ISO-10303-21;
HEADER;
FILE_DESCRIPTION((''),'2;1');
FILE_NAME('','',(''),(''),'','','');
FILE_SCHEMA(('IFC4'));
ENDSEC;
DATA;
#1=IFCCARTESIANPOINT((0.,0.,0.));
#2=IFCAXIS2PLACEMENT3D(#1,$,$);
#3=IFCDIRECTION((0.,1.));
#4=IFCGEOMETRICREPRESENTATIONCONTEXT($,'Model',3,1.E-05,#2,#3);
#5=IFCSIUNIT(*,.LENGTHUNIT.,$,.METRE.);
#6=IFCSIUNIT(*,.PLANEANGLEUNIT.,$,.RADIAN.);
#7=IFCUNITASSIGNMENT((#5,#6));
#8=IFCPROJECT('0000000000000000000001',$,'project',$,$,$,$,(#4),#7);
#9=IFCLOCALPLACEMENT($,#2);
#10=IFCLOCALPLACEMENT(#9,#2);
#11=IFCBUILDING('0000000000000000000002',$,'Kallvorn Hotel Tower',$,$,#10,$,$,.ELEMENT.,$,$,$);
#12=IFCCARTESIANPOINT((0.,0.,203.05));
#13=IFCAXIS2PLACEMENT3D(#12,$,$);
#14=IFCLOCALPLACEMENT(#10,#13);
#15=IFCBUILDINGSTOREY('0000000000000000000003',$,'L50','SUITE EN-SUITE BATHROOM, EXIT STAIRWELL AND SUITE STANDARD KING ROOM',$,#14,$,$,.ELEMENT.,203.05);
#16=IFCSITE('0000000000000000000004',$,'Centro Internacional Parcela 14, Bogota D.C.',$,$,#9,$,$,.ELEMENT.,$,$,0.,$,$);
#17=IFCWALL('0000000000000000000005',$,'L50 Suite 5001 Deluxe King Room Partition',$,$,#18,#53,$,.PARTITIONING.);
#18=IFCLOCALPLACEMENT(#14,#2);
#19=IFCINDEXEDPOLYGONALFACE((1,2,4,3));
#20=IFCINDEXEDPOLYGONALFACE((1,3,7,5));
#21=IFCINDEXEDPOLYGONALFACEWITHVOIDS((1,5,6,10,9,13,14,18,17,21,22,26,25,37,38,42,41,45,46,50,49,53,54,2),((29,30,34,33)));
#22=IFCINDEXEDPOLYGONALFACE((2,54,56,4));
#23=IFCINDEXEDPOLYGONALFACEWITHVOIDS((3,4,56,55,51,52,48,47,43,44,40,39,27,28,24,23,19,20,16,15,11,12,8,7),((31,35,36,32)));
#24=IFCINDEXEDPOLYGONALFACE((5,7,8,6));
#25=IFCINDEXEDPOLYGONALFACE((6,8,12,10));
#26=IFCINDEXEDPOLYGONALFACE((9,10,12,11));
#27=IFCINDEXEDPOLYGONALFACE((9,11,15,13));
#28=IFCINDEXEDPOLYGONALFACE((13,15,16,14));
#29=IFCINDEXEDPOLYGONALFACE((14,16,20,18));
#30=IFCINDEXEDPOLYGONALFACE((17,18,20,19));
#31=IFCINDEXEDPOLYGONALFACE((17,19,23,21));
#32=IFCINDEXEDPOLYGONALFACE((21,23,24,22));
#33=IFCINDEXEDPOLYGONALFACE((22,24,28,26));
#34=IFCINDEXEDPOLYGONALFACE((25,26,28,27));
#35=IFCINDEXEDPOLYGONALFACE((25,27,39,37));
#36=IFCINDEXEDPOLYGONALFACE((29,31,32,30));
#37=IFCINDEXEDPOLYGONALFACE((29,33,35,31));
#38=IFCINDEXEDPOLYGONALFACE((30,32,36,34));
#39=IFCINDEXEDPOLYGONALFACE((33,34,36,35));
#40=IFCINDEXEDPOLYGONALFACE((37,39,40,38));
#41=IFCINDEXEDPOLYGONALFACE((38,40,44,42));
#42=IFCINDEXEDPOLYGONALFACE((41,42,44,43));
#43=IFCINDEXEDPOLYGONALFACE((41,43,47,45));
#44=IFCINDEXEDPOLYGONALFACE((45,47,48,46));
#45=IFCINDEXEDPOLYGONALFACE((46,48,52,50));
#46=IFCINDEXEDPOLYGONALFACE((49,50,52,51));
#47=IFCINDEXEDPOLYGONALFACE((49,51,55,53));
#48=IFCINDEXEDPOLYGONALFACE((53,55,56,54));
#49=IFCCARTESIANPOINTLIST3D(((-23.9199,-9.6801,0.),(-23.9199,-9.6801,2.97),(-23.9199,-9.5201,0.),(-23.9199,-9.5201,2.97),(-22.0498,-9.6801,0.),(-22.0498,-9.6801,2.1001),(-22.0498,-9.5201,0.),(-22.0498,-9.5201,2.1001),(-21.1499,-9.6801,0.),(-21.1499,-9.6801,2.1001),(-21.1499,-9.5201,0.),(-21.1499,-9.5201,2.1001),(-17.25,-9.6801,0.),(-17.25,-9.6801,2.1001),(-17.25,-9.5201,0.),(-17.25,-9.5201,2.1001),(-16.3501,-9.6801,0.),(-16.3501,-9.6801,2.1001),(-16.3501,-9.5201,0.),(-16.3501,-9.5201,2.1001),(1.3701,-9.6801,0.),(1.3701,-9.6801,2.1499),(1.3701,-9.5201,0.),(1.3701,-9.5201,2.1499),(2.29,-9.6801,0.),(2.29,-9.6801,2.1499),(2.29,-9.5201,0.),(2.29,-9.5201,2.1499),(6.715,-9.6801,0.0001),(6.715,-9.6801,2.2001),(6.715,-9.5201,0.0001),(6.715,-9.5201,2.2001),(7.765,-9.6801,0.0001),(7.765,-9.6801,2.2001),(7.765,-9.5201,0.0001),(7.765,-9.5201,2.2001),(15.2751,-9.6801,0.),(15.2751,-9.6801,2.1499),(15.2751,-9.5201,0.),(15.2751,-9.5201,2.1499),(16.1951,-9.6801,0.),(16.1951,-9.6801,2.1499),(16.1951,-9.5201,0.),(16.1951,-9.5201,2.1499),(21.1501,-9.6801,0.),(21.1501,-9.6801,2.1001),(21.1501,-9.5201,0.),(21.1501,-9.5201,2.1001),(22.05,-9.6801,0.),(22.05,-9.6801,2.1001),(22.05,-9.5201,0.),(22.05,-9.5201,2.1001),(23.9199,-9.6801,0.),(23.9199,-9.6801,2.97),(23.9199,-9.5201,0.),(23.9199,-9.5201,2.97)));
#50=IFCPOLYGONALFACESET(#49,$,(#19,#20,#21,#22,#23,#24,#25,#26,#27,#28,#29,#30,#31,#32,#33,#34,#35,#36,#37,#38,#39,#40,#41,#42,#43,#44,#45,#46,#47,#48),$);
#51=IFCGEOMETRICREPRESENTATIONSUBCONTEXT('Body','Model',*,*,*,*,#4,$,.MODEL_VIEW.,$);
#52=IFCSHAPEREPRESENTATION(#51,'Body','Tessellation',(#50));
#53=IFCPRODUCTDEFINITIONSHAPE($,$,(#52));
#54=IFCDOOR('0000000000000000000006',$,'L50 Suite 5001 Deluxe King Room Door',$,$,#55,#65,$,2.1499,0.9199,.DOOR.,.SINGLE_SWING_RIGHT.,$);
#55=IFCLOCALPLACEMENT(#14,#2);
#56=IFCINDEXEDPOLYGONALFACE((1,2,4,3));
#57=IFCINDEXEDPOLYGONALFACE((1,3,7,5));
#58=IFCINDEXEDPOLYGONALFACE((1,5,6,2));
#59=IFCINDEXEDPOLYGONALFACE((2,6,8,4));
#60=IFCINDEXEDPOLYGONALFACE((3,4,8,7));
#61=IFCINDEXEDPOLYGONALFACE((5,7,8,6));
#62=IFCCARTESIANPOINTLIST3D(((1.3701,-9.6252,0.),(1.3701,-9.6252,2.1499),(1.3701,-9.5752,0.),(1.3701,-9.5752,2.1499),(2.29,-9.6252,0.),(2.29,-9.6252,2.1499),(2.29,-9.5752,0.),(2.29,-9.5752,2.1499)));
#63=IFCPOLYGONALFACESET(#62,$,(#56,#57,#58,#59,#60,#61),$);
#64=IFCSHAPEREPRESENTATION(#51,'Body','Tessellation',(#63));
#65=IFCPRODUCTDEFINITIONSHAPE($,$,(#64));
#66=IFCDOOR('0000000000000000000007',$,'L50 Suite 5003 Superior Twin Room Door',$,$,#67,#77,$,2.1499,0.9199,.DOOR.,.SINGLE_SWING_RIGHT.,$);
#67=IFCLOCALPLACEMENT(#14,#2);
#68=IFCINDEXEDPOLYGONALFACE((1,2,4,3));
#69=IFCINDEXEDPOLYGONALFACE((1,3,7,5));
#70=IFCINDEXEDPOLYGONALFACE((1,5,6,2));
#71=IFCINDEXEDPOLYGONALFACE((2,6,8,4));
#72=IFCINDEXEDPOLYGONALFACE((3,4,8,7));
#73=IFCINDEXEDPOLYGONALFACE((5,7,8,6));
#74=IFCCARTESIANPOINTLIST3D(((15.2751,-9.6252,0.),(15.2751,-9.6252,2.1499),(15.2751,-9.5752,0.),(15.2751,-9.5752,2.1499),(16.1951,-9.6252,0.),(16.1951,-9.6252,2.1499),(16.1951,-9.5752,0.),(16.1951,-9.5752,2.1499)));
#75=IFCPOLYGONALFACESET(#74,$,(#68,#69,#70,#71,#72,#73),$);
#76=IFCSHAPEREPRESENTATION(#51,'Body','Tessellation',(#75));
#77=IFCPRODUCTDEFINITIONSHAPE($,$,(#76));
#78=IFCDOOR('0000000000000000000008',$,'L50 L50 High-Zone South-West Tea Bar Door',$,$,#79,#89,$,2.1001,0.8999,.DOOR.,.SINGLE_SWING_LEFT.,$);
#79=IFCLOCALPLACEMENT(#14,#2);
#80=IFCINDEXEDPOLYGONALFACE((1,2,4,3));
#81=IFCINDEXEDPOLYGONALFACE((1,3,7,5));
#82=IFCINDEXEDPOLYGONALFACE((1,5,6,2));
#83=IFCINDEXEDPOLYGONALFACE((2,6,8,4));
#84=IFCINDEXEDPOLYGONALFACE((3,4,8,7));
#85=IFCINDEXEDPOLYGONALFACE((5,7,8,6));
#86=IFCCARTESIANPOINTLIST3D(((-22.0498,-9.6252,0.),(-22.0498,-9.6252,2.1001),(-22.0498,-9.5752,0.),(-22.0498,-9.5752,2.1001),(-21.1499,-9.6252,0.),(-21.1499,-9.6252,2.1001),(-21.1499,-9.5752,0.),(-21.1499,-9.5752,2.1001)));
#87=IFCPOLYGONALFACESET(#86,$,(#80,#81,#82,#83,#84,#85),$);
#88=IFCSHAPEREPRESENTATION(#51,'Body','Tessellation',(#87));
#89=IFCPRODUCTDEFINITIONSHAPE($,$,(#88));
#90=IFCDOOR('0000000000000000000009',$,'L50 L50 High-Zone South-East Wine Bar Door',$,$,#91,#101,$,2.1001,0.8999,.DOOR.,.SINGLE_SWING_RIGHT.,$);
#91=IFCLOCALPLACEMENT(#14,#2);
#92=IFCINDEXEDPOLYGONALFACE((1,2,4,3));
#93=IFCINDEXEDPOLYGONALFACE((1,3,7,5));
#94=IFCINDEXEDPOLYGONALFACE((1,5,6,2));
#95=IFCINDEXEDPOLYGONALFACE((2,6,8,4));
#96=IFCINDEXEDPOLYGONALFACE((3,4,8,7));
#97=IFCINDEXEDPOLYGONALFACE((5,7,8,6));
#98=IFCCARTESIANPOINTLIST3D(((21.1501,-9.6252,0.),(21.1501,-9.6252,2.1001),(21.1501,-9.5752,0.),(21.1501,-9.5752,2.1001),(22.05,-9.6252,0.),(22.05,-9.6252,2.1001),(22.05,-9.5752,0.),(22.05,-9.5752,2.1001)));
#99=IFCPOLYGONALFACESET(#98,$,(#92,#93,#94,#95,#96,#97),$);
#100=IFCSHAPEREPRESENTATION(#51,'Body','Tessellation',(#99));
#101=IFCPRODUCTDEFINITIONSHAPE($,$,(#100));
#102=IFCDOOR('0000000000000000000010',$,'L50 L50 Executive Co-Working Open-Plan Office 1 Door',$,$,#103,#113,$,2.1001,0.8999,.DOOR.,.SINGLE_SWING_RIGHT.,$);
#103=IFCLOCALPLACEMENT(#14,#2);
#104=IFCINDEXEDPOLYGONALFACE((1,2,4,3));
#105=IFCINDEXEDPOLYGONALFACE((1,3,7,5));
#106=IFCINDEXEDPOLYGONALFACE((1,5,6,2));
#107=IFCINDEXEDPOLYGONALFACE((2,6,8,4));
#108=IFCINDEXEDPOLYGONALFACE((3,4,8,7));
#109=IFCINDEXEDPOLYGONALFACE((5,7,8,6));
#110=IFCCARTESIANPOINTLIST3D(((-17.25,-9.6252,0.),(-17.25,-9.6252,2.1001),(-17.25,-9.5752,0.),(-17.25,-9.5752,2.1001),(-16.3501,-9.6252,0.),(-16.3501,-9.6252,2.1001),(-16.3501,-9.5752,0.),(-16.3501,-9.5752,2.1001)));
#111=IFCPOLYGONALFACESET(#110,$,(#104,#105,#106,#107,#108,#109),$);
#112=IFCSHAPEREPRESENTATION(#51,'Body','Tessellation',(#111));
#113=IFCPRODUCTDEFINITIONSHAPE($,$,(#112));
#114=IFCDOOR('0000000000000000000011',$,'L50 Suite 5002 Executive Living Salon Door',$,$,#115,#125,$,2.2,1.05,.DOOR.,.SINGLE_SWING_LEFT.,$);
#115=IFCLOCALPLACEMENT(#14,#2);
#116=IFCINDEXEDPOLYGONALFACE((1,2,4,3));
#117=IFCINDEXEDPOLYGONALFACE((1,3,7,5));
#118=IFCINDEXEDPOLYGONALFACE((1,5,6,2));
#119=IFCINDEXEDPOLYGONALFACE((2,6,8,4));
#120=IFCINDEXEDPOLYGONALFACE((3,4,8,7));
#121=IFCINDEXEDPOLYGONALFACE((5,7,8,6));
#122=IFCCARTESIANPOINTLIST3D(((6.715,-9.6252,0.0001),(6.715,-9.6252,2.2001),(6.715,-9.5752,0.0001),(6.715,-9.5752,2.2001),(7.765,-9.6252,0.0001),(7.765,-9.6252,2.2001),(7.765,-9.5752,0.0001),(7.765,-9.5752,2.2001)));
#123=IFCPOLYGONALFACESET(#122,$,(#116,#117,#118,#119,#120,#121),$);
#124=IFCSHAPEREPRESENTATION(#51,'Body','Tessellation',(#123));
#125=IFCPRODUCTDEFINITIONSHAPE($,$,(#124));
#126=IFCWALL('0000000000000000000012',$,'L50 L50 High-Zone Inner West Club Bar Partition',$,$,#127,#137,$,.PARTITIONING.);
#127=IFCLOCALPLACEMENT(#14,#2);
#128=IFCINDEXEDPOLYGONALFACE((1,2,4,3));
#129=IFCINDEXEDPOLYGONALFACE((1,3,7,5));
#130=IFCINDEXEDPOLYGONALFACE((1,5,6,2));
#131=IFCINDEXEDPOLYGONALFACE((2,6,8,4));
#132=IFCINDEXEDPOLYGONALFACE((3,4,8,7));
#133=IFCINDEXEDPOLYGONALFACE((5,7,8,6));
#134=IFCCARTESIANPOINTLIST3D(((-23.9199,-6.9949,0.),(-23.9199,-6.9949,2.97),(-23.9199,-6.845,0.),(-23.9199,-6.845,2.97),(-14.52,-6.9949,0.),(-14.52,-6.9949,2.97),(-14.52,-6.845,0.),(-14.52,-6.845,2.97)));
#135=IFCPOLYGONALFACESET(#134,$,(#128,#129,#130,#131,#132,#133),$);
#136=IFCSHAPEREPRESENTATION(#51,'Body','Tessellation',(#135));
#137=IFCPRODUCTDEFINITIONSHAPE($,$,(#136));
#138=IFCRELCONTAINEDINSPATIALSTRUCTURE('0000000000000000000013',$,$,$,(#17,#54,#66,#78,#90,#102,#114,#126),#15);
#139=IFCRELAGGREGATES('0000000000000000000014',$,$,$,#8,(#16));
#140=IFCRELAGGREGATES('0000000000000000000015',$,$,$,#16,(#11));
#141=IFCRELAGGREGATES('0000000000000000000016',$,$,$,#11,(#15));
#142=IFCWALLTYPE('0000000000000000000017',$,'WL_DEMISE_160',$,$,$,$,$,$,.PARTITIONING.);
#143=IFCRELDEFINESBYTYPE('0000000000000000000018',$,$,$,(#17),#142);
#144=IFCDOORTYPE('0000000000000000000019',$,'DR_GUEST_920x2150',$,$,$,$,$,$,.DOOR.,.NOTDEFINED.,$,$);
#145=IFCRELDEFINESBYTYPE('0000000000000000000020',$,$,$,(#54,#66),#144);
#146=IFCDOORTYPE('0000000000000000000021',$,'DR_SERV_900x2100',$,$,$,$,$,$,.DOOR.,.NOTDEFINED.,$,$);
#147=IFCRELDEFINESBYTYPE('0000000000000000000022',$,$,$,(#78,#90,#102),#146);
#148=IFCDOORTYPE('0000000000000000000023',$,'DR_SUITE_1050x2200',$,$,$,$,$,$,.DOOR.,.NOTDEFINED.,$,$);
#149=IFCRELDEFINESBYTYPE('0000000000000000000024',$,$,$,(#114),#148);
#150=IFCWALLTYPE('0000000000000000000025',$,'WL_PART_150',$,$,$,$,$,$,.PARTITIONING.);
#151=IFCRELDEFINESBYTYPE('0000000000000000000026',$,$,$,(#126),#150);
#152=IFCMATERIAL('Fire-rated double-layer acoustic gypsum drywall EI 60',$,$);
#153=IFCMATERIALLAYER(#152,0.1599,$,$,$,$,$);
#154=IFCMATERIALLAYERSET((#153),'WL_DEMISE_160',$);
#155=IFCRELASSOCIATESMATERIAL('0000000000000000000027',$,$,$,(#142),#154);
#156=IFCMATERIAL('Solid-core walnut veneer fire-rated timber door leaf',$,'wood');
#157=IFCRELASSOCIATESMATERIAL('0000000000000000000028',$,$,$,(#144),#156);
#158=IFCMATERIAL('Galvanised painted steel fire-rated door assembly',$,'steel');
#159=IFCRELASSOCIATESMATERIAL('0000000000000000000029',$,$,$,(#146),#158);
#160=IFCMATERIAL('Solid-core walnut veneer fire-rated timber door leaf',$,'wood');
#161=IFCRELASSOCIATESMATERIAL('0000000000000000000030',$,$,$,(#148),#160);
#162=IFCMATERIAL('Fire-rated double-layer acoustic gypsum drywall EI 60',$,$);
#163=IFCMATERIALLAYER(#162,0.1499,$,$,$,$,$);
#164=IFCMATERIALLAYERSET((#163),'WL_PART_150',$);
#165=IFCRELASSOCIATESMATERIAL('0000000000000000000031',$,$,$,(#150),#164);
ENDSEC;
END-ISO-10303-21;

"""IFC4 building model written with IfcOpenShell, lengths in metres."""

from ifc_helpers import new_model, si_unit, direction, frame, frame_2d, origin, place, context, subcontext, project, spatial, rectangle, extrude, material, layer, layer_set, type_object, element, fill, save


model = new_model("IFC4")

# Units and contexts
model_context = context("Model", 3, precision=1e-05, world=origin(), true_north=direction((0.0, 1.0)))
body_context = subcontext(model_context, "Body", "Model", "MODEL_VIEW")
ifc_project = project(units=[si_unit("LENGTHUNIT", "METRE"), si_unit("PLANEANGLEUNIT", "RADIAN")], contexts=[model_context])

# Site, building, storey
site_placement = place(None, origin())
site = spatial("IfcSite", under=ifc_project, at=site_placement, Name="Centro Internacional Parcela 14, Bogota D.C.", CompositionType="ELEMENT", RefElevation=0.0)
building_placement = place(site_placement, origin())
building = spatial("IfcBuilding", under=site, at=building_placement, Name="Kallvorn Hotel Tower", CompositionType="ELEMENT")
storey_placement = place(building_placement, frame((0.0, 0.0, 203.05)))
storey = spatial("IfcBuildingStorey", under=building, at=storey_placement, Name="L50", Description="SUITE EN-SUITE BATHROOM, EXIT STAIRWELL AND SUITE STANDARD KING ROOM", CompositionType="ELEMENT", Elevation=203.05)

# Wall, openings, doors
ifc_material_1 = material(Name="Fire-rated double-layer acoustic gypsum drywall EI 60")
ifc_layer_1 = layer(ifc_material_1, 0.1599)
ifc_layer_set_1 = layer_set([ifc_layer_1], Name="WL_DEMISE_160")
wall_type_1 = type_object("IfcWallType", Name="WL_DEMISE_160", PredefinedType="PARTITIONING", material=ifc_layer_set_1)
wall_1_placement = place(storey_placement, frame((-23.9199, -9.6001, 0.0), z_axis=(0.0, 0.0, 1.0), x_axis=(1.0, 0.0, 0.0)))
wall_1 = element("IfcWall", 1, at=wall_1_placement, inside=storey, type_object=wall_type_1, Name="L50 Suite 5001 Deluxe King Room Partition", PredefinedType="PARTITIONING", context=body_context, shape_type="SweptSolid", body=[
    extrude(rectangle(XDim=47.8398, YDim=0.1599, at=frame_2d((23.9199, 0.0))), origin(), (0.0, 0.0, 1.0), 2.97),
])
opening_1_placement = place(wall_1_placement, frame((1.8701, 0.0, 0.0)))
opening_1 = element("IfcOpeningElement", 2, at=opening_1_placement, cuts=wall_1, PredefinedType="OPENING", context=body_context, shape_type="SweptSolid", body=[
    extrude(rectangle(XDim=0.8999, YDim=2.1001, at=frame_2d((0.45, 1.05))), frame((0.0, 0.095, 0.0), z_axis=(0.0, -1.0, 0.0), x_axis=(1.0, 0.0, 0.0)), (0.0, 0.0, 1.0), 0.1899),
])
opening_2_placement = place(wall_1_placement, frame((45.0701, 0.0, 0.0)))
opening_2 = element("IfcOpeningElement", 3, at=opening_2_placement, cuts=wall_1, PredefinedType="OPENING", context=body_context, shape_type="SweptSolid", body=[
    extrude(rectangle(XDim=0.8999, YDim=2.1001, at=frame_2d((0.45, 1.05))), frame((0.0, 0.095, 0.0), z_axis=(0.0, -1.0, 0.0), x_axis=(1.0, 0.0, 0.0)), (0.0, 0.0, 1.0), 0.1899),
])
opening_3_placement = place(wall_1_placement, frame((6.6699, 0.0, 0.0)))
opening_3 = element("IfcOpeningElement", 4, at=opening_3_placement, cuts=wall_1, PredefinedType="OPENING", context=body_context, shape_type="SweptSolid", body=[
    extrude(rectangle(XDim=0.8999, YDim=2.1001, at=frame_2d((0.45, 1.05))), frame((0.0, 0.095, 0.0), z_axis=(0.0, -1.0, 0.0), x_axis=(1.0, 0.0, 0.0)), (0.0, 0.0, 1.0), 0.1899),
])
opening_4_placement = place(wall_1_placement, frame((25.29, 0.0, 0.0)))
opening_4 = element("IfcOpeningElement", 5, at=opening_4_placement, cuts=wall_1, PredefinedType="OPENING", context=body_context, shape_type="SweptSolid", body=[
    extrude(rectangle(XDim=0.9199, YDim=2.1499, at=frame_2d((0.46, 1.075))), frame((0.0, 0.095, 0.0), z_axis=(0.0, -1.0, 0.0), x_axis=(1.0, 0.0, 0.0)), (0.0, 0.0, 1.0), 0.1899),
])
opening_5_placement = place(wall_1_placement, frame((30.635, 0.0, 0.0)))
opening_5 = element("IfcOpeningElement", 6, at=opening_5_placement, cuts=wall_1, PredefinedType="OPENING", context=body_context, shape_type="SweptSolid", body=[
    extrude(rectangle(XDim=1.05, YDim=2.2, at=frame_2d((0.5249, 1.1001))), frame((0.0, 0.095, 0.0), z_axis=(0.0, -1.0, 0.0), x_axis=(1.0, 0.0, 0.0)), (0.0, 0.0, 1.0), 0.1899),
])
opening_6_placement = place(wall_1_placement, frame((39.1951, 0.0, 0.0)))
opening_6 = element("IfcOpeningElement", 7, at=opening_6_placement, cuts=wall_1, PredefinedType="OPENING", context=body_context, shape_type="SweptSolid", body=[
    extrude(rectangle(XDim=0.9199, YDim=2.1499, at=frame_2d((0.46, 1.075))), frame((0.0, 0.095, 0.0), z_axis=(0.0, -1.0, 0.0), x_axis=(1.0, 0.0, 0.0)), (0.0, 0.0, 1.0), 0.1899),
])
ifc_material_2 = material(Name="Solid-core walnut veneer fire-rated timber door leaf", Category="wood")
door_type_1 = type_object("IfcDoorType", Name="DR_GUEST_920x2150", OperationType="NOTDEFINED", PredefinedType="DOOR", material=ifc_material_2)
door_1_placement = place(opening_4_placement, origin())
door_1 = element("IfcDoor", 8, at=door_1_placement, inside=storey, type_object=door_type_1, Name="L50 Suite 5001 Deluxe King Room Door", OperationType="SINGLE_SWING_RIGHT", OverallHeight=2.1499, OverallWidth=0.9199, PredefinedType="DOOR", context=body_context, shape_type="SweptSolid", body=[
    extrude(rectangle(XDim=0.9199, YDim=2.1499, at=frame_2d((0.46, 1.075))), frame((0.0, 0.0249, 0.0), z_axis=(0.0, -1.0, 0.0), x_axis=(1.0, 0.0, 0.0)), (0.0, 0.0, 1.0), 0.05),
])
fill(opening_4, door_1)
door_2_placement = place(opening_6_placement, origin())
door_2 = element("IfcDoor", 9, at=door_2_placement, inside=storey, type_object=door_type_1, Name="L50 Suite 5003 Superior Twin Room Door", OperationType="SINGLE_SWING_RIGHT", OverallHeight=2.1499, OverallWidth=0.9199, PredefinedType="DOOR", context=body_context, shape_type="SweptSolid", body=[
    extrude(rectangle(XDim=0.9199, YDim=2.1499, at=frame_2d((0.46, 1.075))), frame((0.0, 0.0249, 0.0), z_axis=(0.0, -1.0, 0.0), x_axis=(1.0, 0.0, 0.0)), (0.0, 0.0, 1.0), 0.05),
])
fill(opening_6, door_2)
ifc_material_3 = material(Name="Galvanised painted steel fire-rated door assembly", Category="steel")
door_type_2 = type_object("IfcDoorType", Name="DR_SERV_900x2100", OperationType="NOTDEFINED", PredefinedType="DOOR", material=ifc_material_3)
door_3_placement = place(opening_1_placement, origin())
door_3 = element("IfcDoor", 10, at=door_3_placement, inside=storey, type_object=door_type_2, Name="L50 L50 High-Zone South-West Tea Bar Door", OperationType="SINGLE_SWING_LEFT", OverallHeight=2.1001, OverallWidth=0.8999, PredefinedType="DOOR", context=body_context, shape_type="SweptSolid", body=[
    extrude(rectangle(XDim=0.8999, YDim=2.1001, at=frame_2d((0.45, 1.05))), frame((0.0, 0.0249, 0.0), z_axis=(0.0, -1.0, 0.0), x_axis=(1.0, 0.0, 0.0)), (0.0, 0.0, 1.0), 0.05),
])
fill(opening_1, door_3)
door_4_placement = place(opening_2_placement, origin())
door_4 = element("IfcDoor", 11, at=door_4_placement, inside=storey, type_object=door_type_2, Name="L50 L50 High-Zone South-East Wine Bar Door", OperationType="SINGLE_SWING_RIGHT", OverallHeight=2.1001, OverallWidth=0.8999, PredefinedType="DOOR", context=body_context, shape_type="SweptSolid", body=[
    extrude(rectangle(XDim=0.8999, YDim=2.1001, at=frame_2d((0.45, 1.05))), frame((0.0, 0.0249, 0.0), z_axis=(0.0, -1.0, 0.0), x_axis=(1.0, 0.0, 0.0)), (0.0, 0.0, 1.0), 0.05),
])
fill(opening_2, door_4)
door_5_placement = place(opening_3_placement, origin())
door_5 = element("IfcDoor", 12, at=door_5_placement, inside=storey, type_object=door_type_2, Name="L50 L50 Executive Co-Working Open-Plan Office 1 Door", OperationType="SINGLE_SWING_RIGHT", OverallHeight=2.1001, OverallWidth=0.8999, PredefinedType="DOOR", context=body_context, shape_type="SweptSolid", body=[
    extrude(rectangle(XDim=0.8999, YDim=2.1001, at=frame_2d((0.45, 1.05))), frame((0.0, 0.0249, 0.0), z_axis=(0.0, -1.0, 0.0), x_axis=(1.0, 0.0, 0.0)), (0.0, 0.0, 1.0), 0.05),
])
fill(opening_3, door_5)
ifc_material_4 = material(Name="Solid-core walnut veneer fire-rated timber door leaf", Category="wood")
door_type_3 = type_object("IfcDoorType", Name="DR_SUITE_1050x2200", OperationType="NOTDEFINED", PredefinedType="DOOR", material=ifc_material_4)
door_6_placement = place(opening_5_placement, origin())
door_6 = element("IfcDoor", 13, at=door_6_placement, inside=storey, type_object=door_type_3, Name="L50 Suite 5002 Executive Living Salon Door", OperationType="SINGLE_SWING_LEFT", OverallHeight=2.2, OverallWidth=1.05, PredefinedType="DOOR", context=body_context, shape_type="SweptSolid", body=[
    extrude(rectangle(XDim=1.05, YDim=2.2, at=frame_2d((0.5249, 1.1001))), frame((0.0, 0.0249, 0.0), z_axis=(0.0, -1.0, 0.0), x_axis=(1.0, 0.0, 0.0)), (0.0, 0.0, 1.0), 0.05),
])
fill(opening_5, door_6)

# Wall
ifc_material_5 = material(Name="Fire-rated double-layer acoustic gypsum drywall EI 60")
ifc_layer_2 = layer(ifc_material_5, 0.1499)
ifc_layer_set_2 = layer_set([ifc_layer_2], Name="WL_PART_150")
wall_type_2 = type_object("IfcWallType", Name="WL_PART_150", PredefinedType="PARTITIONING", material=ifc_layer_set_2)
wall_2_placement = place(storey_placement, frame((-23.9199, -6.9199, 0.0), z_axis=(0.0, 0.0, 1.0), x_axis=(1.0, 0.0, 0.0)))
element("IfcWall", 14, at=wall_2_placement, inside=storey, type_object=wall_type_2, Name="L50 L50 High-Zone Inner West Club Bar Partition", PredefinedType="PARTITIONING", context=body_context, shape_type="SweptSolid", body=[
    extrude(rectangle(XDim=9.3999, YDim=0.1499, at=frame_2d((4.7, 0.0))), origin(), (0.0, 0.0, 1.0), 2.97),
])

save(model, "model.ifc")
